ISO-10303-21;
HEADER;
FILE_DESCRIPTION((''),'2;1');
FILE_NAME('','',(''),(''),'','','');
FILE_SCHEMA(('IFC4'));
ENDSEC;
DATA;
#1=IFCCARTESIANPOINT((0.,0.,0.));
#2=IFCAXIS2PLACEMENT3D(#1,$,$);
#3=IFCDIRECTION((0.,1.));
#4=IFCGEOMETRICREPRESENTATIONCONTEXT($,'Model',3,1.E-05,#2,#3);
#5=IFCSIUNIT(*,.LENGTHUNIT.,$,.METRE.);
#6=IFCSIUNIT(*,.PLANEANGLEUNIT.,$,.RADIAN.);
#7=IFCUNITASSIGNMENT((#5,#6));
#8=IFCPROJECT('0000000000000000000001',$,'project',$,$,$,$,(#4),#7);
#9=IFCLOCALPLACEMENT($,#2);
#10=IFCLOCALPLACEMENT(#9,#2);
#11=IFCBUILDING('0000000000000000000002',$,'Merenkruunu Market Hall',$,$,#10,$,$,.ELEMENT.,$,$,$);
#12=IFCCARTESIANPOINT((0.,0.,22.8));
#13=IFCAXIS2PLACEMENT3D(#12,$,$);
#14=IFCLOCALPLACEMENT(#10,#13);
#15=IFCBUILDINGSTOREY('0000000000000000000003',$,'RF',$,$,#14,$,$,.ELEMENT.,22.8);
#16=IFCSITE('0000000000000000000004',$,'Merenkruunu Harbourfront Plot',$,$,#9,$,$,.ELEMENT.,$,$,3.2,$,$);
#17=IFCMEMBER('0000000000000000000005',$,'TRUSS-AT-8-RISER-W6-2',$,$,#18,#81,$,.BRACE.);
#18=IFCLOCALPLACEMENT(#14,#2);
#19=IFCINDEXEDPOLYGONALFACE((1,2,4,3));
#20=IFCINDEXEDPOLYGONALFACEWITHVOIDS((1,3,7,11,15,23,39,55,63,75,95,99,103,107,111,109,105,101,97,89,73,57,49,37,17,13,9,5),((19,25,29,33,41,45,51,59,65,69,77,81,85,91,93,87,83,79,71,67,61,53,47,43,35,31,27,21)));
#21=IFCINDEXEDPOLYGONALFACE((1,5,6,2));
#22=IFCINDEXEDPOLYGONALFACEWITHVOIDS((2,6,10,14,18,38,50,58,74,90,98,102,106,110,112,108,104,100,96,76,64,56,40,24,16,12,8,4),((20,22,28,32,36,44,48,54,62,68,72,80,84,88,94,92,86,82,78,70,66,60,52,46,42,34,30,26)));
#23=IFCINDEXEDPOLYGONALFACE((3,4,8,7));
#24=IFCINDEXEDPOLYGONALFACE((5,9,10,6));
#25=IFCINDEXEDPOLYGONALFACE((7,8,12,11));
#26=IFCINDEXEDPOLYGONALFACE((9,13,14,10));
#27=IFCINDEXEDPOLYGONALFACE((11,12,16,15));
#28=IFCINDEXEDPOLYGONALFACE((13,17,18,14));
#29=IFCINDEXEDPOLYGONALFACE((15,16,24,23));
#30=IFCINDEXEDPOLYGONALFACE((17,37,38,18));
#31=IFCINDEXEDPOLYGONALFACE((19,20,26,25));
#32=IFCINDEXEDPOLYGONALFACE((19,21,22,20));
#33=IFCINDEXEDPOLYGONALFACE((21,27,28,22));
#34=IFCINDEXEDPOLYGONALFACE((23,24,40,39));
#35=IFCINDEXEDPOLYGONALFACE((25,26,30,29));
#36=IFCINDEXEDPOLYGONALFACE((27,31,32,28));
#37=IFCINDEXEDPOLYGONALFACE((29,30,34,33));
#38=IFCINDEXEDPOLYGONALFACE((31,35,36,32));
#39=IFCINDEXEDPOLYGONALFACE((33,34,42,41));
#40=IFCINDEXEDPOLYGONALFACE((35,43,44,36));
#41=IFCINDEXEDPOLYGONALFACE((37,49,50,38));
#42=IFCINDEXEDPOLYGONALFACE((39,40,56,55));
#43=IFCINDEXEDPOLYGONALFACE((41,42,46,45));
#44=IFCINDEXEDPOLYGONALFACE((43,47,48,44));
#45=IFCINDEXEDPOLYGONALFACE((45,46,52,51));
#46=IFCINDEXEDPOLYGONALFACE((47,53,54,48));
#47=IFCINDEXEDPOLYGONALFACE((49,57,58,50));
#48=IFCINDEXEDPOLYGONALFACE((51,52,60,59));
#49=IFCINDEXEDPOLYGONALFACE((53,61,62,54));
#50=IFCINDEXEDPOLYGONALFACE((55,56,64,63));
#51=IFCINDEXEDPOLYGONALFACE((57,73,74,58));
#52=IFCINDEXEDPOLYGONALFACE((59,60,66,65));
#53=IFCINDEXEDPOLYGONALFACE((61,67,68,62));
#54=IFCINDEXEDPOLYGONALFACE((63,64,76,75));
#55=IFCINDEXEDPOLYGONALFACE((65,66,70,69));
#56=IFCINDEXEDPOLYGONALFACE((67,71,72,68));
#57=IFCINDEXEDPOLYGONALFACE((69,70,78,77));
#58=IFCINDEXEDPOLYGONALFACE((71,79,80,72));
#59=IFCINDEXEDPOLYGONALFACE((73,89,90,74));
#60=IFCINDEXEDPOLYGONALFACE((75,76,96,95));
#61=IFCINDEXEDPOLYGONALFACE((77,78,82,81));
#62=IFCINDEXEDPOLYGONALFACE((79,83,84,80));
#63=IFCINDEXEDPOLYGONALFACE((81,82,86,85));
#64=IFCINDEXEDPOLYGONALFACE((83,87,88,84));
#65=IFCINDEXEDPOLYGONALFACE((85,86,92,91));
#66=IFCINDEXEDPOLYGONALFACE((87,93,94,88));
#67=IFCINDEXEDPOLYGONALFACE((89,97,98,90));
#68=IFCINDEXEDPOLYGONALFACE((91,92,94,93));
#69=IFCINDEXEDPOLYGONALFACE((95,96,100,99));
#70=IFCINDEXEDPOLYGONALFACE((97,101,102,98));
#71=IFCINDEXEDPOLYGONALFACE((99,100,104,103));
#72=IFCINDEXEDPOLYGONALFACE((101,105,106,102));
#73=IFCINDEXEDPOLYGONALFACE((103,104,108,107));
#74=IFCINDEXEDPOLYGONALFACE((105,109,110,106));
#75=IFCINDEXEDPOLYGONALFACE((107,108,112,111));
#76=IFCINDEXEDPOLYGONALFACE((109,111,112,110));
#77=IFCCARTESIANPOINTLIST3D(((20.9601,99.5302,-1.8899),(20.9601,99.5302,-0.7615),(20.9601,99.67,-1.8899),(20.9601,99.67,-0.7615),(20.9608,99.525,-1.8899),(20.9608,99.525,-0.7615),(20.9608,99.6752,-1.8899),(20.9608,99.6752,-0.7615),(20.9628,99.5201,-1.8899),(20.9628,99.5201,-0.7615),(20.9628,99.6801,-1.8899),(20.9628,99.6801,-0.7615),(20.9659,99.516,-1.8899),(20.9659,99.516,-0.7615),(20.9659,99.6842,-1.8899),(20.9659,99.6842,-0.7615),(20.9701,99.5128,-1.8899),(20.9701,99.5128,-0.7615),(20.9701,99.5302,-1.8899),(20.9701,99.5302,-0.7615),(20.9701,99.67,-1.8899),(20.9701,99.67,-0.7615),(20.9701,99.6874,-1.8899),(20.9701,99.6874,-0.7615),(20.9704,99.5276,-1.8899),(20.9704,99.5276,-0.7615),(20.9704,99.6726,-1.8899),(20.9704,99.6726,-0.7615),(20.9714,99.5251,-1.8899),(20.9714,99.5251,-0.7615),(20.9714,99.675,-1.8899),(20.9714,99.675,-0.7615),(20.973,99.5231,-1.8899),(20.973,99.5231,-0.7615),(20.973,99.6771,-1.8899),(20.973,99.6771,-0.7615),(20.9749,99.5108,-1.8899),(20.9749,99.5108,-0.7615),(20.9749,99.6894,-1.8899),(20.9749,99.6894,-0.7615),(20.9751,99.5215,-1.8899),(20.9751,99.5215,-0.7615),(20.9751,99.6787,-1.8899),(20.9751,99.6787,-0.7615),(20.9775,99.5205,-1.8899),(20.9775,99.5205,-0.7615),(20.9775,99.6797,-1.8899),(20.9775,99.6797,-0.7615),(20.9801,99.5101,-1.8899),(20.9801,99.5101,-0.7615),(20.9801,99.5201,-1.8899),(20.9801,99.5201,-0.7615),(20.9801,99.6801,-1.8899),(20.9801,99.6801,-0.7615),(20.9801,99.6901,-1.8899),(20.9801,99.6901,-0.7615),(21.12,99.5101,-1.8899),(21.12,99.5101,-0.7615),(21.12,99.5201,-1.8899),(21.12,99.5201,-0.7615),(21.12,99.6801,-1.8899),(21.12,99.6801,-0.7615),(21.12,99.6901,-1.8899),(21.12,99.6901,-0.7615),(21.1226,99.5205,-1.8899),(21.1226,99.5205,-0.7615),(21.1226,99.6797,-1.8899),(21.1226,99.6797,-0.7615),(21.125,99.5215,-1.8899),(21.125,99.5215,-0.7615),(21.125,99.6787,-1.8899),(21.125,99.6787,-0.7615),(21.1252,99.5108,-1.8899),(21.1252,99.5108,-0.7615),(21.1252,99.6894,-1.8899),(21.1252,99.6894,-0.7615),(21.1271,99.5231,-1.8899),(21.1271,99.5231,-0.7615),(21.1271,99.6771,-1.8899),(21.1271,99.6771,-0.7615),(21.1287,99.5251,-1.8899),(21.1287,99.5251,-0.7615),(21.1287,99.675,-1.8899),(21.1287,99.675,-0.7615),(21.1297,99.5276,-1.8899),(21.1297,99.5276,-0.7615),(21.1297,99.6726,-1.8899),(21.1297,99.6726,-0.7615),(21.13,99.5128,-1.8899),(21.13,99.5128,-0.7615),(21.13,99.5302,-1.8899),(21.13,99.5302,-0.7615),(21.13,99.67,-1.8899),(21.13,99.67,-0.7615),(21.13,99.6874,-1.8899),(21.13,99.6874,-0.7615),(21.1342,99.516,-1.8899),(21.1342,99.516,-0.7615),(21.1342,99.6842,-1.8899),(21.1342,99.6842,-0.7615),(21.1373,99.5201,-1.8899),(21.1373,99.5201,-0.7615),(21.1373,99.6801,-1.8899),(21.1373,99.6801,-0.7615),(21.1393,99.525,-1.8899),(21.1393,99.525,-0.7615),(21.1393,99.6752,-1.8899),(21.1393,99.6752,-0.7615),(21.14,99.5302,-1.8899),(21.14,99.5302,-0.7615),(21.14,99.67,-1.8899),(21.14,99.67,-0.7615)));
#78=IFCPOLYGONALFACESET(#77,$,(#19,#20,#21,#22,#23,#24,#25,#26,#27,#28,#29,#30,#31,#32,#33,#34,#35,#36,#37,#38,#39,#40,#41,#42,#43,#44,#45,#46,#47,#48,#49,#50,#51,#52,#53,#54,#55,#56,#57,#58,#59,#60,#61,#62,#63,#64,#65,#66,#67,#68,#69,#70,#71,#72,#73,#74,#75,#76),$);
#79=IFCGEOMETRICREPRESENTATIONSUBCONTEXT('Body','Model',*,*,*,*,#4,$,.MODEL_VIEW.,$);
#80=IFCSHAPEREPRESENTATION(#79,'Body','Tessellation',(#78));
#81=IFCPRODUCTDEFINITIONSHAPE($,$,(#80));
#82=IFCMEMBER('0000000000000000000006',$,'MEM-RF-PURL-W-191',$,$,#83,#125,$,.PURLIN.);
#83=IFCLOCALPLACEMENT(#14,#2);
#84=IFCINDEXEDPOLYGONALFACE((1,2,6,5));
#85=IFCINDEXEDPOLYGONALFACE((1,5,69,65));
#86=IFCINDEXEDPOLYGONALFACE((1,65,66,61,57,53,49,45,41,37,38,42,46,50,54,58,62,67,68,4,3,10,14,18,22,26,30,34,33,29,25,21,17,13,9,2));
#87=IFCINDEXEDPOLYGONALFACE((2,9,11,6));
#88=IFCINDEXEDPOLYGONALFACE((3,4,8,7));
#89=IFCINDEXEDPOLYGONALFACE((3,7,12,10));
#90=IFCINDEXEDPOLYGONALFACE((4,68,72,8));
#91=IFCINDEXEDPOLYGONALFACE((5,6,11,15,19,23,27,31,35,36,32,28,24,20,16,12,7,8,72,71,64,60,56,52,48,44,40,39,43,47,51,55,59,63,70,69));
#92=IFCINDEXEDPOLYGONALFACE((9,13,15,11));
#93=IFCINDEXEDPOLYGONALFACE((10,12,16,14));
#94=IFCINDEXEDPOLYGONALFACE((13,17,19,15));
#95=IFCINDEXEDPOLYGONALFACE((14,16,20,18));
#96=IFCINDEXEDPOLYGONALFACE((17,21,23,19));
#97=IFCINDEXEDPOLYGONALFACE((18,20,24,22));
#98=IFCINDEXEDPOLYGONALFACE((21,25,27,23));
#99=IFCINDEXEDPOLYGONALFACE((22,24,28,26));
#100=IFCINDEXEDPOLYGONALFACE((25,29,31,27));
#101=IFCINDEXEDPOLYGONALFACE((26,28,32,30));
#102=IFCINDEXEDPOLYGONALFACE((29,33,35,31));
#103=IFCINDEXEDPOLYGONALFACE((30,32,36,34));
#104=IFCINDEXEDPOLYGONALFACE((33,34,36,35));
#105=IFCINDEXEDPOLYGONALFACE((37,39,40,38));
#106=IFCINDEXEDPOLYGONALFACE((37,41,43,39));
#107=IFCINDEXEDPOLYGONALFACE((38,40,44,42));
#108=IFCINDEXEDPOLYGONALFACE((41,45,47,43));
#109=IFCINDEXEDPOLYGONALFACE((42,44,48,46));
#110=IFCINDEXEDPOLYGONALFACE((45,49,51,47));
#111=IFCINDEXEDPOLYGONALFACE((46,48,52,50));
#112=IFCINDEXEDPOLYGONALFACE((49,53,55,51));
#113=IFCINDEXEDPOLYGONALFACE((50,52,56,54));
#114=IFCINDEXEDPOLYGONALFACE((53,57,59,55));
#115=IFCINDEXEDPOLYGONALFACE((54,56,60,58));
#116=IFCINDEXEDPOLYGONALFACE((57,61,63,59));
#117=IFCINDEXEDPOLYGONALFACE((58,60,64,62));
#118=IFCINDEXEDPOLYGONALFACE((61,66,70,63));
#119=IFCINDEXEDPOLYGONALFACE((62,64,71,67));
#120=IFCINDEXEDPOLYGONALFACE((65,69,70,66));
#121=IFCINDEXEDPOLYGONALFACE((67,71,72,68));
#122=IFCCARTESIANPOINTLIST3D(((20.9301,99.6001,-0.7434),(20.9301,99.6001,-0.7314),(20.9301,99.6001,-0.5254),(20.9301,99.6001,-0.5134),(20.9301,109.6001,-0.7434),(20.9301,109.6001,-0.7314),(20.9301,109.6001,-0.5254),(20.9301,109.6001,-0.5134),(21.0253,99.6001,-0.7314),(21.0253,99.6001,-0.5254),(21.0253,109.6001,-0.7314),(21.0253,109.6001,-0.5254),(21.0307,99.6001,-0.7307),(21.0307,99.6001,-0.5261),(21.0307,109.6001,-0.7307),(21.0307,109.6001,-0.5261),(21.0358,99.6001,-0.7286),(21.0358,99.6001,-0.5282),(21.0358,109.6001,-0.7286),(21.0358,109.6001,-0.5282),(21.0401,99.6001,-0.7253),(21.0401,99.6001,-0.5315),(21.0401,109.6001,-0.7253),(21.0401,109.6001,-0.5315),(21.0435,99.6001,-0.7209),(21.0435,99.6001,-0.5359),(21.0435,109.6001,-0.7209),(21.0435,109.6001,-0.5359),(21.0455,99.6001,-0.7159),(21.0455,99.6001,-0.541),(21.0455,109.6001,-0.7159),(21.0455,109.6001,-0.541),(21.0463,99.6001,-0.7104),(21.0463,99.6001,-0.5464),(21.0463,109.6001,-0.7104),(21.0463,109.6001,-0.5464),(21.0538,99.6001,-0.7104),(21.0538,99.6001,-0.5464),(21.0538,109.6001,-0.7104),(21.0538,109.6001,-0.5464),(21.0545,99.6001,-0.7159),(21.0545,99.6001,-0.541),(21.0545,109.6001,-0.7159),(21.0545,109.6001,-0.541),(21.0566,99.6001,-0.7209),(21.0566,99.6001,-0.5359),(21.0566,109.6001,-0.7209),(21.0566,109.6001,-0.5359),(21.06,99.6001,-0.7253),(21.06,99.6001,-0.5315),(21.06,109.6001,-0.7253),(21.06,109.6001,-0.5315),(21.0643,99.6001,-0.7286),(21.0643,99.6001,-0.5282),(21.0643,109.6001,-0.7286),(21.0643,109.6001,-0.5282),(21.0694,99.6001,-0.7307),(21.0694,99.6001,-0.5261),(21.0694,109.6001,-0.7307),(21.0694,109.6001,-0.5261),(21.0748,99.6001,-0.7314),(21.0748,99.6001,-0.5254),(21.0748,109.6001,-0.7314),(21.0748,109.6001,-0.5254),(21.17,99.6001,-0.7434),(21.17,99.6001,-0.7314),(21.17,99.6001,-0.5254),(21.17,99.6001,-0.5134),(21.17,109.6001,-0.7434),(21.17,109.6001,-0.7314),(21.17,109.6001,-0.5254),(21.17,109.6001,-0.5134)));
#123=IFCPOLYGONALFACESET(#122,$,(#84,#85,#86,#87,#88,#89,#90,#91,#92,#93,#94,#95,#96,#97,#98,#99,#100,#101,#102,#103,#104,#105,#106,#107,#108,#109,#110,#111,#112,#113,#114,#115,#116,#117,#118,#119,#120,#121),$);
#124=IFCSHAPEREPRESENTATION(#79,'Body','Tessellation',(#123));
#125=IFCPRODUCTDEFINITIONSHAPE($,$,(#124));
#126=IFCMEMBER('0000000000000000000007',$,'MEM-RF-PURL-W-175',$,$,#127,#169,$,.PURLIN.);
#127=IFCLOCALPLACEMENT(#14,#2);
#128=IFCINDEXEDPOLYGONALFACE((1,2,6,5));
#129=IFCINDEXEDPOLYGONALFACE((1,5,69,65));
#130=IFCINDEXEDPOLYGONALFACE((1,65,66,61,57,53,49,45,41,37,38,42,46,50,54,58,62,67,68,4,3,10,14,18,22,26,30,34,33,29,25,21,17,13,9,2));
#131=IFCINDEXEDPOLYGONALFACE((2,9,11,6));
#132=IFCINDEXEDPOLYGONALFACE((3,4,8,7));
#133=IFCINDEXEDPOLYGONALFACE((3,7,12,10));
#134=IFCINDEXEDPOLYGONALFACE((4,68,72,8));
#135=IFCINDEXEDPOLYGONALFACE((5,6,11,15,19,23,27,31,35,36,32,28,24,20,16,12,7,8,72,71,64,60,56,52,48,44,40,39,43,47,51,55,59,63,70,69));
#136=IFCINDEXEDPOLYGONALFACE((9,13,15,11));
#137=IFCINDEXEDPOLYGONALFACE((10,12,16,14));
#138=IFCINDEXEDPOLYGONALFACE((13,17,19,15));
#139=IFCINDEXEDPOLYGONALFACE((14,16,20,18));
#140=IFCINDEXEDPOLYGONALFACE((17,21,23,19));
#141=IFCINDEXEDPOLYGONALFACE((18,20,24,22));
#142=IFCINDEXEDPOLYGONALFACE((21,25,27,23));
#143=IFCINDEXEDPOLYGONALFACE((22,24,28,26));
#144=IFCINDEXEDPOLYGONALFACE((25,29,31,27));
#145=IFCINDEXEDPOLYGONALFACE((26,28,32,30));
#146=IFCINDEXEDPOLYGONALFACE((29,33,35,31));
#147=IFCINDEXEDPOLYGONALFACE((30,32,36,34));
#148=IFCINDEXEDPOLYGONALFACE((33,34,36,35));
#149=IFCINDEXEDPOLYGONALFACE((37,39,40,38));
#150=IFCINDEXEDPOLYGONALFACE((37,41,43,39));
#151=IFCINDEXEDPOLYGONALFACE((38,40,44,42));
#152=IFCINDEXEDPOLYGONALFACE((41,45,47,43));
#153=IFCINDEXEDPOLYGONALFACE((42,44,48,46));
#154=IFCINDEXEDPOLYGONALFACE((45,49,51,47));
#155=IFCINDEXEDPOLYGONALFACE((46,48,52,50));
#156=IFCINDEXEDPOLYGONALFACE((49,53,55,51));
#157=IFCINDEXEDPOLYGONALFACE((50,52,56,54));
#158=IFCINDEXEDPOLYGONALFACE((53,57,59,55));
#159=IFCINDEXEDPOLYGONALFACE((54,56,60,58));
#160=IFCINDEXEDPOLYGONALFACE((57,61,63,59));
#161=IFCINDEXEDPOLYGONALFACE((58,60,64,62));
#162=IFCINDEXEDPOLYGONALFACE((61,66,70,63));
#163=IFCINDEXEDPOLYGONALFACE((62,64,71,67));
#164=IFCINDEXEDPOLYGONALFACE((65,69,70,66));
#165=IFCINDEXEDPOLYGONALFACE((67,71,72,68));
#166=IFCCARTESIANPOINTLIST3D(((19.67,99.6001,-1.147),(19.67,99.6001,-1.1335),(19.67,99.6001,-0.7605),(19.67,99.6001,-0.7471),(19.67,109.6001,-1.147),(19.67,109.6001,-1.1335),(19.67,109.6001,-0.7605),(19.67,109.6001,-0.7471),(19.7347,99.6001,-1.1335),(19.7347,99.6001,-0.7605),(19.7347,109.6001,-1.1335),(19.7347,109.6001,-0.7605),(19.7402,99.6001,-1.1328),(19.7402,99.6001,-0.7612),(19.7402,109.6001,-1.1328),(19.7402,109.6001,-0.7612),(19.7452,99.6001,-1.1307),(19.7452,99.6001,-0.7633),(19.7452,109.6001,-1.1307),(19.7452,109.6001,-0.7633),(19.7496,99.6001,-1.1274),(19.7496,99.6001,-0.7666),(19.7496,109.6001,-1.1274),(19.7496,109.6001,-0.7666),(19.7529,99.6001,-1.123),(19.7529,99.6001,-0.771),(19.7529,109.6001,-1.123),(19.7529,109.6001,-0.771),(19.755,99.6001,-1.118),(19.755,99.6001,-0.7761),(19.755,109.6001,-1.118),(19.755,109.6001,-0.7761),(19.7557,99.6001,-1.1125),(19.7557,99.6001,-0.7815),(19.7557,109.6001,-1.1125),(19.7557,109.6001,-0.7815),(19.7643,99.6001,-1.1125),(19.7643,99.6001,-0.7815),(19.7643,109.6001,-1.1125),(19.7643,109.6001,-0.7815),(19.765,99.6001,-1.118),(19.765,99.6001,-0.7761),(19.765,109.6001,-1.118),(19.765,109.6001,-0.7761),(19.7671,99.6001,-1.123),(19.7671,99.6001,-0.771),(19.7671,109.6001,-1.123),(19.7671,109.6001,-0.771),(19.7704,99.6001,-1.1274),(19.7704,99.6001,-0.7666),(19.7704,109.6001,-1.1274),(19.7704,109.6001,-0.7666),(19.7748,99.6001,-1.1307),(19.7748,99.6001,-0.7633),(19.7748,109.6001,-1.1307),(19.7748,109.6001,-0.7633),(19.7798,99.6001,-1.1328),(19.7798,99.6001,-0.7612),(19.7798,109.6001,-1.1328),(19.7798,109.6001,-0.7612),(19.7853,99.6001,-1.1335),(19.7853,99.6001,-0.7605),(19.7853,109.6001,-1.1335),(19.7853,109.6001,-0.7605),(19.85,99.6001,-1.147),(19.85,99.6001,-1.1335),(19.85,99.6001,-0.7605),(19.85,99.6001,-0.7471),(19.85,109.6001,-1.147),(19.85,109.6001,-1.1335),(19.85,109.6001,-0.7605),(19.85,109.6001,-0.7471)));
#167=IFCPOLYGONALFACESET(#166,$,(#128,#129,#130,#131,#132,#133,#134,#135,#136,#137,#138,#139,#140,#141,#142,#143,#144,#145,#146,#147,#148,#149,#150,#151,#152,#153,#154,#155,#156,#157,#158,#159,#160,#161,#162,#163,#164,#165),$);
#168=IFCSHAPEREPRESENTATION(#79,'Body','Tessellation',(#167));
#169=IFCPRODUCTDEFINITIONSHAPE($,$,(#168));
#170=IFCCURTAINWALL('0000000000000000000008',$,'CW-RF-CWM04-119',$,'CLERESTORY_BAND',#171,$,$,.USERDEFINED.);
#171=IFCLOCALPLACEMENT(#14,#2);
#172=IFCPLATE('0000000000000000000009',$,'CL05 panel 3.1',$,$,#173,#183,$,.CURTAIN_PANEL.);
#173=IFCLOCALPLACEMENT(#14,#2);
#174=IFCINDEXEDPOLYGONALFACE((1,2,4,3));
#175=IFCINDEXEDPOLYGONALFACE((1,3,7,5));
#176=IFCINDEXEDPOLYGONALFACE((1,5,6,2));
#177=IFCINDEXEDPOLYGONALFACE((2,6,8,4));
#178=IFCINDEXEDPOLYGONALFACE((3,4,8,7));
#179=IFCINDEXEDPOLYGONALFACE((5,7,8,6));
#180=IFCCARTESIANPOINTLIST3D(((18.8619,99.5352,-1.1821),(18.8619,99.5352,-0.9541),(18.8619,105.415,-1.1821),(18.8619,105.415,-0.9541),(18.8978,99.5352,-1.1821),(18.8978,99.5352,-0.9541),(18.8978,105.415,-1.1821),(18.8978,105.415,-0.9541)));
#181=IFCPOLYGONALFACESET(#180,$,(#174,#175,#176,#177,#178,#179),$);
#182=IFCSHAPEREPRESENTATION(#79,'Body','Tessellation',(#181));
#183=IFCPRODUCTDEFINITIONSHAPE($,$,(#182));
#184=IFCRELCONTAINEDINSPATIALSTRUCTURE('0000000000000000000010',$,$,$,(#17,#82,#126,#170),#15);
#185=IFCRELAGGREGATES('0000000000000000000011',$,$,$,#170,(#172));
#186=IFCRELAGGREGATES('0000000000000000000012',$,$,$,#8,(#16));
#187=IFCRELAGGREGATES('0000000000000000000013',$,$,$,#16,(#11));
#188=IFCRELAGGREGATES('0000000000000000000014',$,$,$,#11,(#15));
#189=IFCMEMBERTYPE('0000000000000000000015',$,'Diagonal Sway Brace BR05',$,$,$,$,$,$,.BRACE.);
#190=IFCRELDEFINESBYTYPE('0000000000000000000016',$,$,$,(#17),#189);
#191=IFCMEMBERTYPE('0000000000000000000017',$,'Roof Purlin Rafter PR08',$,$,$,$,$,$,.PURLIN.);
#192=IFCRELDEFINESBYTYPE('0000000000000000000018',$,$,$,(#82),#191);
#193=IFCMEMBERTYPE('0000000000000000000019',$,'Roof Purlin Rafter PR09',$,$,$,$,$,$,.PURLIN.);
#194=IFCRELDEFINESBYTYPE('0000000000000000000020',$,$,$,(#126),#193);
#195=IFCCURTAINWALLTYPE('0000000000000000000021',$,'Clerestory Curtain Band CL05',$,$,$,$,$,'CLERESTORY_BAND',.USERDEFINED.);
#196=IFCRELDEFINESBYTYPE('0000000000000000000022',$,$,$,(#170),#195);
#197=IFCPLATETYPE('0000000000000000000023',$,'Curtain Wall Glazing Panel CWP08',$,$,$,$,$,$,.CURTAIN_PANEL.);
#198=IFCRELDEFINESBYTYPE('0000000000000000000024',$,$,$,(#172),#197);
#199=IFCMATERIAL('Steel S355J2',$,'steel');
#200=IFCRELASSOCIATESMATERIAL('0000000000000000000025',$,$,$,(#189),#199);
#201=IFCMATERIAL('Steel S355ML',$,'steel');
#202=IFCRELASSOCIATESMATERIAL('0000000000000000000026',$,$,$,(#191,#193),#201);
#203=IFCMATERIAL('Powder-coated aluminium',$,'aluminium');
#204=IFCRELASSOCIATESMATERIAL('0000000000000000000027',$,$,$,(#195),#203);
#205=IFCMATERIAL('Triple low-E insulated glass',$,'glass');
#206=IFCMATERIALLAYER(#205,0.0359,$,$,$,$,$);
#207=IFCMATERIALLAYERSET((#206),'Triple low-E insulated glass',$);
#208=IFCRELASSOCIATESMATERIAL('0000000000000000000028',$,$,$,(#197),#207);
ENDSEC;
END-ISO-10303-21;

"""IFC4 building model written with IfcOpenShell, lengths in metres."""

from ifc_helpers import new_model, si_unit, direction, frame, origin, origin_2d, place, context, subcontext, project, spatial, rectangle, hollow_rectangle, i_section, extrude, material, layer, layer_set, material_profile, profile_set, type_object, element, aggregate, save


model = new_model("IFC4")

# Units and contexts
model_context = context("Model", 3, precision=1e-05, world=origin(), true_north=direction((0.0, 1.0)))
body_context = subcontext(model_context, "Body", "Model", "MODEL_VIEW")
ifc_project = project(units=[si_unit("LENGTHUNIT", "METRE"), si_unit("PLANEANGLEUNIT", "RADIAN")], contexts=[model_context])

# Site, building, storey
site_placement = place(None, origin())
site = spatial("IfcSite", under=ifc_project, at=site_placement, Name="Merenkruunu Harbourfront Plot", CompositionType="ELEMENT", RefElevation=3.2)
building_placement = place(site_placement, origin())
building = spatial("IfcBuilding", under=site, at=building_placement, Name="Merenkruunu Market Hall", CompositionType="ELEMENT")
storey_placement = place(building_placement, frame((0.0, 0.0, 22.8)))
storey = spatial("IfcBuildingStorey", under=building, at=storey_placement, Name="RF", CompositionType="ELEMENT", Elevation=22.8)

# Members
ifc_material_1 = material(Name="Steel S355J2", Category="steel")
ifc_material_profile_1 = material_profile(ifc_material_1, hollow_rectangle(XDim=0.1799, YDim=0.1799, WallThickness=0.01, InnerFilletRadius=0.01, OuterFilletRadius=0.02, at=origin_2d()), Name="SHS 180x180x10")
ifc_profile_set_1 = profile_set([ifc_material_profile_1], Name="Steel S355J2")
member_type_1 = type_object("IfcMemberType", Name="Diagonal Sway Brace BR05", PredefinedType="BRACE", material=ifc_profile_set_1)
member_1_placement = place(storey_placement, frame((21.05, 99.6001, -1.8899), z_axis=(0.0, 0.0, 1.0), x_axis=(1.0, 0.0, 0.0)))
element("IfcMember", 1, at=member_1_placement, inside=storey, type_object=member_type_1, Name="TRUSS-AT-8-RISER-W6-2", PredefinedType="BRACE", context=body_context, shape_type="SweptSolid", body=[
    extrude(hollow_rectangle(XDim=0.1799, YDim=0.1799, WallThickness=0.01, InnerFilletRadius=0.01, OuterFilletRadius=0.02, at=origin_2d()), origin(), (0.0, 0.0, 1.0), 1.1284),
])
ifc_material_2 = material(Name="Steel S355ML", Category="steel")
ifc_material_profile_2 = material_profile(ifc_material_2, i_section(OverallWidth=0.24, OverallDepth=0.23, WebThickness=0.0076, FlangeThickness=0.012, FilletRadius=0.021, at=origin_2d()), Name="HEA 240")
ifc_profile_set_2 = profile_set([ifc_material_profile_2], Name="Steel S355ML")
member_type_2 = type_object("IfcMemberType", Name="Roof Purlin Rafter PR08", PredefinedType="PURLIN", material=ifc_profile_set_2)
member_2_placement = place(storey_placement, frame((21.05, 99.6001, -0.6284), z_axis=(0.0, 1.0, 0.0), x_axis=(-1.0, 0.0, 0.0)))
element("IfcMember", 2, at=member_2_placement, inside=storey, type_object=member_type_2, Name="MEM-RF-PURL-W-191", PredefinedType="PURLIN", context=body_context, shape_type="SweptSolid", body=[
    extrude(i_section(OverallWidth=0.24, OverallDepth=0.23, WebThickness=0.0076, FlangeThickness=0.012, FilletRadius=0.021, at=origin_2d()), origin(), (0.0, 0.0, 1.0), 10.0),
])
ifc_material_profile_3 = material_profile(ifc_material_2, i_section(OverallWidth=0.1799, OverallDepth=0.3999, WebThickness=0.0085, FlangeThickness=0.0134, FilletRadius=0.021, at=origin_2d()), Name="IPE 400")
ifc_profile_set_3 = profile_set([ifc_material_profile_3], Name="Steel S355ML")
member_type_3 = type_object("IfcMemberType", Name="Roof Purlin Rafter PR09", PredefinedType="PURLIN", material=ifc_profile_set_3)
member_3_placement = place(storey_placement, frame((19.76, 99.6001, -0.947), z_axis=(0.0, 1.0, 0.0), x_axis=(-1.0, 0.0, 0.0)))
element("IfcMember", 3, at=member_3_placement, inside=storey, type_object=member_type_3, Name="MEM-RF-PURL-W-175", PredefinedType="PURLIN", context=body_context, shape_type="SweptSolid", body=[
    extrude(i_section(OverallWidth=0.1799, OverallDepth=0.3999, WebThickness=0.0085, FlangeThickness=0.0134, FilletRadius=0.021, at=origin_2d()), origin(), (0.0, 0.0, 1.0), 10.0),
])

# Curtain wall, plate
ifc_material_3 = material(Name="Powder-coated aluminium", Category="aluminium")
curtain_wall_type = type_object("IfcCurtainWallType", Name="Clerestory Curtain Band CL05", ElementType="CLERESTORY_BAND", PredefinedType="USERDEFINED", material=ifc_material_3)
curtain_wall_placement = place(storey_placement, origin())
curtain_wall = element("IfcCurtainWall", 4, at=curtain_wall_placement, inside=storey, type_object=curtain_wall_type, Name="CW-RF-CWM04-119", ObjectType="CLERESTORY_BAND", PredefinedType="USERDEFINED")
ifc_material_4 = material(Name="Triple low-E insulated glass", Category="glass")
ifc_layer_1 = layer(ifc_material_4, 0.0359)
ifc_layer_set_1 = layer_set([ifc_layer_1], Name="Triple low-E insulated glass")
plate_type_1 = type_object("IfcPlateType", Name="Curtain Wall Glazing Panel CWP08", PredefinedType="CURTAIN_PANEL", material=ifc_layer_set_1)
plate_placement = place(storey_placement, frame((18.8799, 102.4751, -1.1821), z_axis=(0.0, 0.0, 1.0), x_axis=(0.0, 1.0, 0.0)))
plate = element("IfcPlate", 5, at=plate_placement, type_object=plate_type_1, Name="CL05 panel 3.1", PredefinedType="CURTAIN_PANEL", context=body_context, shape_type="SweptSolid", body=[
    extrude(rectangle(XDim=5.8799, YDim=0.0359, at=origin_2d()), origin(), (0.0, 0.0, 1.0), 0.228),
])
aggregate(curtain_wall, [plate])

save(model, "model.ifc")
